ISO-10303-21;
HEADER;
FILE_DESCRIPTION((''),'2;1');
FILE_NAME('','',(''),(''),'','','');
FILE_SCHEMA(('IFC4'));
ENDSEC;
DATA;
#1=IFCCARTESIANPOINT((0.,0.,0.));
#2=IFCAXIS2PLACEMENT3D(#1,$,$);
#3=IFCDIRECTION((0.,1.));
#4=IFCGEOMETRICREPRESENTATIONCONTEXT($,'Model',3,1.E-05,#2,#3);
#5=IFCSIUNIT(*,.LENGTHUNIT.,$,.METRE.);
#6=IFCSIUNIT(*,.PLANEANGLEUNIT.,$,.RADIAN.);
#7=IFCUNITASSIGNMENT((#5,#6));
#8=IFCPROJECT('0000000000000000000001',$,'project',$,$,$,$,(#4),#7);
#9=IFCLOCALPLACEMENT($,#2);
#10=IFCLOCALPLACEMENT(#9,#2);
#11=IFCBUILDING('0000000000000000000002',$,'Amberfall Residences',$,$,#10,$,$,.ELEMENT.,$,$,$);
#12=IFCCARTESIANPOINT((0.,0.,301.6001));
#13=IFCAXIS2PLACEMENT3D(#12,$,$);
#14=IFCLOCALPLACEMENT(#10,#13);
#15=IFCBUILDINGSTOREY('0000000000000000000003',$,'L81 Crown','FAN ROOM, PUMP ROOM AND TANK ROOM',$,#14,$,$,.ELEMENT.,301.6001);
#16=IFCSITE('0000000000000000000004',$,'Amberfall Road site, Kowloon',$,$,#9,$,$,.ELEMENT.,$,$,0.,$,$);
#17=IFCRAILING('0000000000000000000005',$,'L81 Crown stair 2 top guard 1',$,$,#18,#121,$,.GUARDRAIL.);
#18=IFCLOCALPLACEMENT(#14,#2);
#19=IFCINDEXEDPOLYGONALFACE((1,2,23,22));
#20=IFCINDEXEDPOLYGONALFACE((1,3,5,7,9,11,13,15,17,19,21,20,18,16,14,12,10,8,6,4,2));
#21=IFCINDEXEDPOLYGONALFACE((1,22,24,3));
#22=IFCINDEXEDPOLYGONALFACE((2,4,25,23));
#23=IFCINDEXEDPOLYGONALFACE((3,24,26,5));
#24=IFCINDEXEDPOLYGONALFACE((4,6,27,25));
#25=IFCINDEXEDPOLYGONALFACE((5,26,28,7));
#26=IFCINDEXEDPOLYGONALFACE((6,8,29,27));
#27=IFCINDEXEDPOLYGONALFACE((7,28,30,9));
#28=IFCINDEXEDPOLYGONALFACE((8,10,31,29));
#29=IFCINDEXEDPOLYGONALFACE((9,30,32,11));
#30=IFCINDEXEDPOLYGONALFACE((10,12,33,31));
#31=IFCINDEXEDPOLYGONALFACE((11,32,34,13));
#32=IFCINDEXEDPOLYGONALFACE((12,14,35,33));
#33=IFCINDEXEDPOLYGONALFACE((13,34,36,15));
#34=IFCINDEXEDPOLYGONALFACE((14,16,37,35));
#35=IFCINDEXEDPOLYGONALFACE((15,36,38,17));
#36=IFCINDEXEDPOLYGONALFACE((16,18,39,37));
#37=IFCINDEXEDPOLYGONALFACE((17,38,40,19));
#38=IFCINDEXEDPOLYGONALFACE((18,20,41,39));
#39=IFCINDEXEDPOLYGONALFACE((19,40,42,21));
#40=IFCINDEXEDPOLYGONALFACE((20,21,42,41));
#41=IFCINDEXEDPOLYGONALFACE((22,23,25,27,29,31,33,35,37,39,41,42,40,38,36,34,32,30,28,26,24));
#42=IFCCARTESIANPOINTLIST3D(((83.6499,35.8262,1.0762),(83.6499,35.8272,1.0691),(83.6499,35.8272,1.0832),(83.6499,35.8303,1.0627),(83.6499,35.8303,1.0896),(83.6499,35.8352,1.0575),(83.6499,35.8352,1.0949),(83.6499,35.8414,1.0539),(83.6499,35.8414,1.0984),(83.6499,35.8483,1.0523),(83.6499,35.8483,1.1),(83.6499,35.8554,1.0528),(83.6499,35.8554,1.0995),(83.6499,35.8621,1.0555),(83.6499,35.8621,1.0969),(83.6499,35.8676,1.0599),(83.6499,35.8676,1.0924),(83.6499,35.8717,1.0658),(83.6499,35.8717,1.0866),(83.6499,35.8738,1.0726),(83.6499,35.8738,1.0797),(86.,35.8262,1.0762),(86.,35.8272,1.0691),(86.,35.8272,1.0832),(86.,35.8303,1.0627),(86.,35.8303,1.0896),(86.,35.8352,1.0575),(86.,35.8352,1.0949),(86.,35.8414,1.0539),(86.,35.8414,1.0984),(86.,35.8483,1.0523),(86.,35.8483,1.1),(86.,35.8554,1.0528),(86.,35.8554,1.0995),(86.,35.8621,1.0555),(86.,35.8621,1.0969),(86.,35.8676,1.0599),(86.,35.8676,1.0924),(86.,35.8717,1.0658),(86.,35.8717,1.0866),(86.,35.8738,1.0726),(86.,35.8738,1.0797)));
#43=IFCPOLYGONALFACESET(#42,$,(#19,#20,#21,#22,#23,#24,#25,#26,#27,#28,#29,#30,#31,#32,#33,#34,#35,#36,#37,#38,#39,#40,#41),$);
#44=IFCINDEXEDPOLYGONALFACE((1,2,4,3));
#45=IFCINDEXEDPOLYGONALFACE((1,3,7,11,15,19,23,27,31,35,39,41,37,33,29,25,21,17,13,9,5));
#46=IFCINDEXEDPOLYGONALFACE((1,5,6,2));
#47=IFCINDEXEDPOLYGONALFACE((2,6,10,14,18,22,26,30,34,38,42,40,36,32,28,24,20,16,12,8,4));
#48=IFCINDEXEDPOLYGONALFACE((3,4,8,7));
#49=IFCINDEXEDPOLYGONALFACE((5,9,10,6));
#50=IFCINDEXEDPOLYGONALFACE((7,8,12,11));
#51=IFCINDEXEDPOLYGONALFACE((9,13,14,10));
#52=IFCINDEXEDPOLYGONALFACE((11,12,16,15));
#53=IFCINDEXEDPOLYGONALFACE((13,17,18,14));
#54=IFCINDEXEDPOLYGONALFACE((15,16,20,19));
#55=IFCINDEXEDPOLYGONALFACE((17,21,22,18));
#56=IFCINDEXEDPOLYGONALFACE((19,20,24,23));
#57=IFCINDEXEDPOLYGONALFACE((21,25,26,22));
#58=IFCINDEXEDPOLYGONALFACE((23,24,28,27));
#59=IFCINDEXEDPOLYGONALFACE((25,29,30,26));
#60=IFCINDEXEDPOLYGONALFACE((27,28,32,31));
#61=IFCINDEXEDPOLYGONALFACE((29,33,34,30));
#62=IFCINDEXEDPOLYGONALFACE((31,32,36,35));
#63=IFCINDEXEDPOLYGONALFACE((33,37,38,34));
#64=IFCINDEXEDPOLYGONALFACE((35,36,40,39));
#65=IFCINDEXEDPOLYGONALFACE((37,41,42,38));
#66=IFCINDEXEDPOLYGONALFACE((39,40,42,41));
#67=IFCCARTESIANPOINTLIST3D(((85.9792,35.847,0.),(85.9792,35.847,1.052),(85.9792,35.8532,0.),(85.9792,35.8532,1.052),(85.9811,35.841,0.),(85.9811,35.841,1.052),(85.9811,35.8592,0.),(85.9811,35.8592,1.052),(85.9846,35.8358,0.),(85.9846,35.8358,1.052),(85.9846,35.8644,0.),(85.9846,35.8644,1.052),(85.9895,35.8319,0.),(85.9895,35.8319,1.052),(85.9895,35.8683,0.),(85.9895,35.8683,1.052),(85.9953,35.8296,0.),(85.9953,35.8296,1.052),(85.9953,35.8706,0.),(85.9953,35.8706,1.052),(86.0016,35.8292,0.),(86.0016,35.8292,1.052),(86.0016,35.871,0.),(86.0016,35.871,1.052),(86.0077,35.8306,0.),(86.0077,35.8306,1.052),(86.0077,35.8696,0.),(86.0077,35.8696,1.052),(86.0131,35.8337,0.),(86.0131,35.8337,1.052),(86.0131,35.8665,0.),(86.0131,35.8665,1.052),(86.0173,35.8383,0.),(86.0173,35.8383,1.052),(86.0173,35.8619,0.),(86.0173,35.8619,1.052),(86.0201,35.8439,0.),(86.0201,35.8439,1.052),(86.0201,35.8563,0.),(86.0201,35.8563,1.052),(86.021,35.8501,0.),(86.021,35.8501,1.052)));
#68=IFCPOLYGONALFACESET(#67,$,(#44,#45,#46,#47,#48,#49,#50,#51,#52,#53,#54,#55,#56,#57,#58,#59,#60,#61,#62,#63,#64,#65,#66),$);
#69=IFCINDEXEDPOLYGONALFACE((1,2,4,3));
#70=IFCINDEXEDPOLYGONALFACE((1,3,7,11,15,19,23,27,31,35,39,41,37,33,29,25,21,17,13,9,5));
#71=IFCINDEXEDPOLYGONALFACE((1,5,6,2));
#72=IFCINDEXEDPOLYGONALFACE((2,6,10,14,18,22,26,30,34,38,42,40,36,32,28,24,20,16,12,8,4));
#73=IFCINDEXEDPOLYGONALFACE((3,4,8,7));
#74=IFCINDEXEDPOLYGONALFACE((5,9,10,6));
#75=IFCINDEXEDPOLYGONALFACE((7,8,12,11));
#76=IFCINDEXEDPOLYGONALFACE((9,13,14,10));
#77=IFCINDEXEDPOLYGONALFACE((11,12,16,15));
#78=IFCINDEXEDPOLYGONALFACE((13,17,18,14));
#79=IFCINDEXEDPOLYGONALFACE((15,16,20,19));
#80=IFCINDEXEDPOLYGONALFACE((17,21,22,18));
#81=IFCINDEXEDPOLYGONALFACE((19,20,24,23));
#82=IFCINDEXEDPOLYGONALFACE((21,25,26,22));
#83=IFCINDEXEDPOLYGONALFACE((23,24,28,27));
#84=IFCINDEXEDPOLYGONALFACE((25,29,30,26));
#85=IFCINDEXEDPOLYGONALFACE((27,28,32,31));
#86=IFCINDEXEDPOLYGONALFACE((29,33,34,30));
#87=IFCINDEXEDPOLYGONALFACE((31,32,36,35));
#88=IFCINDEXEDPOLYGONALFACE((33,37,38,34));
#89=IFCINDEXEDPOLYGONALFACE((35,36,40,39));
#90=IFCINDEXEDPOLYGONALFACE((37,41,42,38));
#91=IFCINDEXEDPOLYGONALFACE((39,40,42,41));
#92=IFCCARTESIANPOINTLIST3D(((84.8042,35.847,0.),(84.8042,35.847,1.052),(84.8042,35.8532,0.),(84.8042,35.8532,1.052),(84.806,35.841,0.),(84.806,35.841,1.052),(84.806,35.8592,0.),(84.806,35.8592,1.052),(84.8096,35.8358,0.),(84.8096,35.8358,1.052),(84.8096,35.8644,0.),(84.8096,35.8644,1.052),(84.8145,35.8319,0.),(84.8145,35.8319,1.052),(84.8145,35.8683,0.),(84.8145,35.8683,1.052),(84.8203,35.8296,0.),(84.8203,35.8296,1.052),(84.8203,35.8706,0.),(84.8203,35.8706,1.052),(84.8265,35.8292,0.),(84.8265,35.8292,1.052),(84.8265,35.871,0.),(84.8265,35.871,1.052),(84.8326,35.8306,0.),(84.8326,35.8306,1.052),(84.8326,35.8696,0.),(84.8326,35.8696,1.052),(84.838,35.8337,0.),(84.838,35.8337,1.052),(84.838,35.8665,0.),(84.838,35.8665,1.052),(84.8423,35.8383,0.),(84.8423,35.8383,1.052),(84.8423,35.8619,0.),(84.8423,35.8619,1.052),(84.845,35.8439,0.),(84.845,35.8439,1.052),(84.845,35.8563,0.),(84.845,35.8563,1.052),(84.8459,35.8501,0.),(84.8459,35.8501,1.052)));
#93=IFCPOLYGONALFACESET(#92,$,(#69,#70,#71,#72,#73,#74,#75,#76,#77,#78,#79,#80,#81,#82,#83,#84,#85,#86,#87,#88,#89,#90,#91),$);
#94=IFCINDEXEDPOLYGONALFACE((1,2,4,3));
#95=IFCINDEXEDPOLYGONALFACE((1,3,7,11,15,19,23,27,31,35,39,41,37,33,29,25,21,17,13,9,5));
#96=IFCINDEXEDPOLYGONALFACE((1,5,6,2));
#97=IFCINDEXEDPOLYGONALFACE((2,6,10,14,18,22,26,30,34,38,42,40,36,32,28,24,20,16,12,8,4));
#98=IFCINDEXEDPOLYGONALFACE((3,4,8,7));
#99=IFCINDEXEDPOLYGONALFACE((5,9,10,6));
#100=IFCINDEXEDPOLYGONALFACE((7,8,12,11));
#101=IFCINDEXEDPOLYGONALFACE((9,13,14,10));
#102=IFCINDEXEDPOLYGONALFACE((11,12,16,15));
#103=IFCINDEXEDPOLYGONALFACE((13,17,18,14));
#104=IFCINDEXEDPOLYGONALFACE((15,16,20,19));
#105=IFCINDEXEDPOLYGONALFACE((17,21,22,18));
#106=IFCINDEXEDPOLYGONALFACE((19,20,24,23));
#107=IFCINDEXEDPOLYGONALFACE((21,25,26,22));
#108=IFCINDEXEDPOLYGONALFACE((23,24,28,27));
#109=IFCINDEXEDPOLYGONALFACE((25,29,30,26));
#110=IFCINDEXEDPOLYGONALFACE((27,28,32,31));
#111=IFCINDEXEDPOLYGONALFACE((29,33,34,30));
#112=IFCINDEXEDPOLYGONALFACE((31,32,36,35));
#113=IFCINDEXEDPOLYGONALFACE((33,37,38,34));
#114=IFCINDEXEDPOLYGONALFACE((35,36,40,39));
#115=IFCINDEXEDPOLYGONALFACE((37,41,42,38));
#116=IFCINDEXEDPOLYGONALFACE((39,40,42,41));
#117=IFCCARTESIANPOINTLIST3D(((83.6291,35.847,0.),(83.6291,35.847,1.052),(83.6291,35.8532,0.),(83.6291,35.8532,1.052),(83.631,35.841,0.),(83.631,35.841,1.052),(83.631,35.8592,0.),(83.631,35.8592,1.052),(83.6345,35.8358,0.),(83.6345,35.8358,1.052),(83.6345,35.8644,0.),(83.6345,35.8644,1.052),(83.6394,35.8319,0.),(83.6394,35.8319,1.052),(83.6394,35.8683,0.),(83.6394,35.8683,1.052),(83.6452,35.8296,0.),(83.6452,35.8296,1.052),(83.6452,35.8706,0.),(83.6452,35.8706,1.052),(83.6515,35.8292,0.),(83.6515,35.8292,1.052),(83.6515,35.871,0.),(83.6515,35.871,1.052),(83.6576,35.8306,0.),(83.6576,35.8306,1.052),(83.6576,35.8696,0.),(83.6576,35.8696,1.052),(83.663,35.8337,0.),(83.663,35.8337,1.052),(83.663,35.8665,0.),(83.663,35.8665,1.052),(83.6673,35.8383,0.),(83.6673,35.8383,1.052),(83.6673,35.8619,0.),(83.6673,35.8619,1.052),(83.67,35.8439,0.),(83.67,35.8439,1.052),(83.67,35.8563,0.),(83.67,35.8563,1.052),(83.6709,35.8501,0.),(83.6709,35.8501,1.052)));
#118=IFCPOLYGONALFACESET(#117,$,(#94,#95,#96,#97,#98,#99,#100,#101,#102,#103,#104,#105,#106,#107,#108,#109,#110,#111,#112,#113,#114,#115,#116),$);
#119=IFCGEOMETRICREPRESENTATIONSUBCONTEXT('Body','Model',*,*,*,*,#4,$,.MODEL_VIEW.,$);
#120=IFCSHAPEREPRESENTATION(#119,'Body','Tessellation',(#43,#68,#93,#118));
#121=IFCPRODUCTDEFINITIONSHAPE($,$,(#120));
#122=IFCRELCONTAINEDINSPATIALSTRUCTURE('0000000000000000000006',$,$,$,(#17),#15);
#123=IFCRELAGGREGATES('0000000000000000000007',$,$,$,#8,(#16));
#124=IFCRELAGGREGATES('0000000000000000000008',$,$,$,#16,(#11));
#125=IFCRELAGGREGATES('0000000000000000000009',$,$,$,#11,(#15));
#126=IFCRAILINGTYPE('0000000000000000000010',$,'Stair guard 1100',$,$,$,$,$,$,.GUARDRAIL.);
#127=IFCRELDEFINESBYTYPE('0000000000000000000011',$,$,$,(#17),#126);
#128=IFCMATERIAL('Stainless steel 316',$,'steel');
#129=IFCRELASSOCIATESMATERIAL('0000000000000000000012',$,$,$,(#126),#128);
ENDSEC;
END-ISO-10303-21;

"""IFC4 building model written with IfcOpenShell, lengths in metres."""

from ifc_helpers import new_model, si_unit, direction, frame, origin, origin_2d, place, context, subcontext, project, spatial, circle, extrude, material, type_object, element, save


model = new_model("IFC4")

# Units and contexts
model_context = context("Model", 3, precision=1e-05, world=origin(), true_north=direction((0.0, 1.0)))
body_context = subcontext(model_context, "Body", "Model", "MODEL_VIEW")
ifc_project = project(units=[si_unit("LENGTHUNIT", "METRE"), si_unit("PLANEANGLEUNIT", "RADIAN")], contexts=[model_context])

# Site, building, storey
site_placement = place(None, origin())
site = spatial("IfcSite", under=ifc_project, at=site_placement, Name="Amberfall Road site, Kowloon", CompositionType="ELEMENT", RefElevation=0.0)
building_placement = place(site_placement, origin())
building = spatial("IfcBuilding", under=site, at=building_placement, Name="Amberfall Residences", CompositionType="ELEMENT")
storey_placement = place(building_placement, frame((0.0, 0.0, 301.6001)))
storey = spatial("IfcBuildingStorey", under=building, at=storey_placement, Name="L81 Crown", Description="FAN ROOM, PUMP ROOM AND TANK ROOM", CompositionType="ELEMENT", Elevation=301.6001)

# Railing
ifc_material_1 = material(Name="Stainless steel 316", Category="steel")
railing_type = type_object("IfcRailingType", Name="Stair guard 1100", PredefinedType="GUARDRAIL", material=ifc_material_1)
railing_placement = place(storey_placement, frame((86.0, 35.8501, 0.0)))
element("IfcRailing", 1, at=railing_placement, inside=storey, type_object=railing_type, Name="L81 Crown stair 2 top guard 1", PredefinedType="GUARDRAIL", context=body_context, shape_type="SweptSolid", body=[
    extrude(circle(Radius=0.0239, at=origin_2d()), frame((0.0, 0.0, 1.0762), z_axis=(-1.0, 0.0, 0.0), x_axis=(0.0, -1.0, 0.0)), (0.0, 0.0, 1.0), 2.3501),
    extrude(circle(Radius=0.021, at=origin_2d()), origin(), (0.0, 0.0, 1.0), 1.052),
    extrude(circle(Radius=0.021, at=origin_2d()), frame((-1.175, 0.0, 0.0)), (0.0, 0.0, 1.0), 1.052),
    extrude(circle(Radius=0.021, at=origin_2d()), frame((-2.3501, 0.0, 0.0)), (0.0, 0.0, 1.0), 1.052),
])

save(model, "model.ifc")
